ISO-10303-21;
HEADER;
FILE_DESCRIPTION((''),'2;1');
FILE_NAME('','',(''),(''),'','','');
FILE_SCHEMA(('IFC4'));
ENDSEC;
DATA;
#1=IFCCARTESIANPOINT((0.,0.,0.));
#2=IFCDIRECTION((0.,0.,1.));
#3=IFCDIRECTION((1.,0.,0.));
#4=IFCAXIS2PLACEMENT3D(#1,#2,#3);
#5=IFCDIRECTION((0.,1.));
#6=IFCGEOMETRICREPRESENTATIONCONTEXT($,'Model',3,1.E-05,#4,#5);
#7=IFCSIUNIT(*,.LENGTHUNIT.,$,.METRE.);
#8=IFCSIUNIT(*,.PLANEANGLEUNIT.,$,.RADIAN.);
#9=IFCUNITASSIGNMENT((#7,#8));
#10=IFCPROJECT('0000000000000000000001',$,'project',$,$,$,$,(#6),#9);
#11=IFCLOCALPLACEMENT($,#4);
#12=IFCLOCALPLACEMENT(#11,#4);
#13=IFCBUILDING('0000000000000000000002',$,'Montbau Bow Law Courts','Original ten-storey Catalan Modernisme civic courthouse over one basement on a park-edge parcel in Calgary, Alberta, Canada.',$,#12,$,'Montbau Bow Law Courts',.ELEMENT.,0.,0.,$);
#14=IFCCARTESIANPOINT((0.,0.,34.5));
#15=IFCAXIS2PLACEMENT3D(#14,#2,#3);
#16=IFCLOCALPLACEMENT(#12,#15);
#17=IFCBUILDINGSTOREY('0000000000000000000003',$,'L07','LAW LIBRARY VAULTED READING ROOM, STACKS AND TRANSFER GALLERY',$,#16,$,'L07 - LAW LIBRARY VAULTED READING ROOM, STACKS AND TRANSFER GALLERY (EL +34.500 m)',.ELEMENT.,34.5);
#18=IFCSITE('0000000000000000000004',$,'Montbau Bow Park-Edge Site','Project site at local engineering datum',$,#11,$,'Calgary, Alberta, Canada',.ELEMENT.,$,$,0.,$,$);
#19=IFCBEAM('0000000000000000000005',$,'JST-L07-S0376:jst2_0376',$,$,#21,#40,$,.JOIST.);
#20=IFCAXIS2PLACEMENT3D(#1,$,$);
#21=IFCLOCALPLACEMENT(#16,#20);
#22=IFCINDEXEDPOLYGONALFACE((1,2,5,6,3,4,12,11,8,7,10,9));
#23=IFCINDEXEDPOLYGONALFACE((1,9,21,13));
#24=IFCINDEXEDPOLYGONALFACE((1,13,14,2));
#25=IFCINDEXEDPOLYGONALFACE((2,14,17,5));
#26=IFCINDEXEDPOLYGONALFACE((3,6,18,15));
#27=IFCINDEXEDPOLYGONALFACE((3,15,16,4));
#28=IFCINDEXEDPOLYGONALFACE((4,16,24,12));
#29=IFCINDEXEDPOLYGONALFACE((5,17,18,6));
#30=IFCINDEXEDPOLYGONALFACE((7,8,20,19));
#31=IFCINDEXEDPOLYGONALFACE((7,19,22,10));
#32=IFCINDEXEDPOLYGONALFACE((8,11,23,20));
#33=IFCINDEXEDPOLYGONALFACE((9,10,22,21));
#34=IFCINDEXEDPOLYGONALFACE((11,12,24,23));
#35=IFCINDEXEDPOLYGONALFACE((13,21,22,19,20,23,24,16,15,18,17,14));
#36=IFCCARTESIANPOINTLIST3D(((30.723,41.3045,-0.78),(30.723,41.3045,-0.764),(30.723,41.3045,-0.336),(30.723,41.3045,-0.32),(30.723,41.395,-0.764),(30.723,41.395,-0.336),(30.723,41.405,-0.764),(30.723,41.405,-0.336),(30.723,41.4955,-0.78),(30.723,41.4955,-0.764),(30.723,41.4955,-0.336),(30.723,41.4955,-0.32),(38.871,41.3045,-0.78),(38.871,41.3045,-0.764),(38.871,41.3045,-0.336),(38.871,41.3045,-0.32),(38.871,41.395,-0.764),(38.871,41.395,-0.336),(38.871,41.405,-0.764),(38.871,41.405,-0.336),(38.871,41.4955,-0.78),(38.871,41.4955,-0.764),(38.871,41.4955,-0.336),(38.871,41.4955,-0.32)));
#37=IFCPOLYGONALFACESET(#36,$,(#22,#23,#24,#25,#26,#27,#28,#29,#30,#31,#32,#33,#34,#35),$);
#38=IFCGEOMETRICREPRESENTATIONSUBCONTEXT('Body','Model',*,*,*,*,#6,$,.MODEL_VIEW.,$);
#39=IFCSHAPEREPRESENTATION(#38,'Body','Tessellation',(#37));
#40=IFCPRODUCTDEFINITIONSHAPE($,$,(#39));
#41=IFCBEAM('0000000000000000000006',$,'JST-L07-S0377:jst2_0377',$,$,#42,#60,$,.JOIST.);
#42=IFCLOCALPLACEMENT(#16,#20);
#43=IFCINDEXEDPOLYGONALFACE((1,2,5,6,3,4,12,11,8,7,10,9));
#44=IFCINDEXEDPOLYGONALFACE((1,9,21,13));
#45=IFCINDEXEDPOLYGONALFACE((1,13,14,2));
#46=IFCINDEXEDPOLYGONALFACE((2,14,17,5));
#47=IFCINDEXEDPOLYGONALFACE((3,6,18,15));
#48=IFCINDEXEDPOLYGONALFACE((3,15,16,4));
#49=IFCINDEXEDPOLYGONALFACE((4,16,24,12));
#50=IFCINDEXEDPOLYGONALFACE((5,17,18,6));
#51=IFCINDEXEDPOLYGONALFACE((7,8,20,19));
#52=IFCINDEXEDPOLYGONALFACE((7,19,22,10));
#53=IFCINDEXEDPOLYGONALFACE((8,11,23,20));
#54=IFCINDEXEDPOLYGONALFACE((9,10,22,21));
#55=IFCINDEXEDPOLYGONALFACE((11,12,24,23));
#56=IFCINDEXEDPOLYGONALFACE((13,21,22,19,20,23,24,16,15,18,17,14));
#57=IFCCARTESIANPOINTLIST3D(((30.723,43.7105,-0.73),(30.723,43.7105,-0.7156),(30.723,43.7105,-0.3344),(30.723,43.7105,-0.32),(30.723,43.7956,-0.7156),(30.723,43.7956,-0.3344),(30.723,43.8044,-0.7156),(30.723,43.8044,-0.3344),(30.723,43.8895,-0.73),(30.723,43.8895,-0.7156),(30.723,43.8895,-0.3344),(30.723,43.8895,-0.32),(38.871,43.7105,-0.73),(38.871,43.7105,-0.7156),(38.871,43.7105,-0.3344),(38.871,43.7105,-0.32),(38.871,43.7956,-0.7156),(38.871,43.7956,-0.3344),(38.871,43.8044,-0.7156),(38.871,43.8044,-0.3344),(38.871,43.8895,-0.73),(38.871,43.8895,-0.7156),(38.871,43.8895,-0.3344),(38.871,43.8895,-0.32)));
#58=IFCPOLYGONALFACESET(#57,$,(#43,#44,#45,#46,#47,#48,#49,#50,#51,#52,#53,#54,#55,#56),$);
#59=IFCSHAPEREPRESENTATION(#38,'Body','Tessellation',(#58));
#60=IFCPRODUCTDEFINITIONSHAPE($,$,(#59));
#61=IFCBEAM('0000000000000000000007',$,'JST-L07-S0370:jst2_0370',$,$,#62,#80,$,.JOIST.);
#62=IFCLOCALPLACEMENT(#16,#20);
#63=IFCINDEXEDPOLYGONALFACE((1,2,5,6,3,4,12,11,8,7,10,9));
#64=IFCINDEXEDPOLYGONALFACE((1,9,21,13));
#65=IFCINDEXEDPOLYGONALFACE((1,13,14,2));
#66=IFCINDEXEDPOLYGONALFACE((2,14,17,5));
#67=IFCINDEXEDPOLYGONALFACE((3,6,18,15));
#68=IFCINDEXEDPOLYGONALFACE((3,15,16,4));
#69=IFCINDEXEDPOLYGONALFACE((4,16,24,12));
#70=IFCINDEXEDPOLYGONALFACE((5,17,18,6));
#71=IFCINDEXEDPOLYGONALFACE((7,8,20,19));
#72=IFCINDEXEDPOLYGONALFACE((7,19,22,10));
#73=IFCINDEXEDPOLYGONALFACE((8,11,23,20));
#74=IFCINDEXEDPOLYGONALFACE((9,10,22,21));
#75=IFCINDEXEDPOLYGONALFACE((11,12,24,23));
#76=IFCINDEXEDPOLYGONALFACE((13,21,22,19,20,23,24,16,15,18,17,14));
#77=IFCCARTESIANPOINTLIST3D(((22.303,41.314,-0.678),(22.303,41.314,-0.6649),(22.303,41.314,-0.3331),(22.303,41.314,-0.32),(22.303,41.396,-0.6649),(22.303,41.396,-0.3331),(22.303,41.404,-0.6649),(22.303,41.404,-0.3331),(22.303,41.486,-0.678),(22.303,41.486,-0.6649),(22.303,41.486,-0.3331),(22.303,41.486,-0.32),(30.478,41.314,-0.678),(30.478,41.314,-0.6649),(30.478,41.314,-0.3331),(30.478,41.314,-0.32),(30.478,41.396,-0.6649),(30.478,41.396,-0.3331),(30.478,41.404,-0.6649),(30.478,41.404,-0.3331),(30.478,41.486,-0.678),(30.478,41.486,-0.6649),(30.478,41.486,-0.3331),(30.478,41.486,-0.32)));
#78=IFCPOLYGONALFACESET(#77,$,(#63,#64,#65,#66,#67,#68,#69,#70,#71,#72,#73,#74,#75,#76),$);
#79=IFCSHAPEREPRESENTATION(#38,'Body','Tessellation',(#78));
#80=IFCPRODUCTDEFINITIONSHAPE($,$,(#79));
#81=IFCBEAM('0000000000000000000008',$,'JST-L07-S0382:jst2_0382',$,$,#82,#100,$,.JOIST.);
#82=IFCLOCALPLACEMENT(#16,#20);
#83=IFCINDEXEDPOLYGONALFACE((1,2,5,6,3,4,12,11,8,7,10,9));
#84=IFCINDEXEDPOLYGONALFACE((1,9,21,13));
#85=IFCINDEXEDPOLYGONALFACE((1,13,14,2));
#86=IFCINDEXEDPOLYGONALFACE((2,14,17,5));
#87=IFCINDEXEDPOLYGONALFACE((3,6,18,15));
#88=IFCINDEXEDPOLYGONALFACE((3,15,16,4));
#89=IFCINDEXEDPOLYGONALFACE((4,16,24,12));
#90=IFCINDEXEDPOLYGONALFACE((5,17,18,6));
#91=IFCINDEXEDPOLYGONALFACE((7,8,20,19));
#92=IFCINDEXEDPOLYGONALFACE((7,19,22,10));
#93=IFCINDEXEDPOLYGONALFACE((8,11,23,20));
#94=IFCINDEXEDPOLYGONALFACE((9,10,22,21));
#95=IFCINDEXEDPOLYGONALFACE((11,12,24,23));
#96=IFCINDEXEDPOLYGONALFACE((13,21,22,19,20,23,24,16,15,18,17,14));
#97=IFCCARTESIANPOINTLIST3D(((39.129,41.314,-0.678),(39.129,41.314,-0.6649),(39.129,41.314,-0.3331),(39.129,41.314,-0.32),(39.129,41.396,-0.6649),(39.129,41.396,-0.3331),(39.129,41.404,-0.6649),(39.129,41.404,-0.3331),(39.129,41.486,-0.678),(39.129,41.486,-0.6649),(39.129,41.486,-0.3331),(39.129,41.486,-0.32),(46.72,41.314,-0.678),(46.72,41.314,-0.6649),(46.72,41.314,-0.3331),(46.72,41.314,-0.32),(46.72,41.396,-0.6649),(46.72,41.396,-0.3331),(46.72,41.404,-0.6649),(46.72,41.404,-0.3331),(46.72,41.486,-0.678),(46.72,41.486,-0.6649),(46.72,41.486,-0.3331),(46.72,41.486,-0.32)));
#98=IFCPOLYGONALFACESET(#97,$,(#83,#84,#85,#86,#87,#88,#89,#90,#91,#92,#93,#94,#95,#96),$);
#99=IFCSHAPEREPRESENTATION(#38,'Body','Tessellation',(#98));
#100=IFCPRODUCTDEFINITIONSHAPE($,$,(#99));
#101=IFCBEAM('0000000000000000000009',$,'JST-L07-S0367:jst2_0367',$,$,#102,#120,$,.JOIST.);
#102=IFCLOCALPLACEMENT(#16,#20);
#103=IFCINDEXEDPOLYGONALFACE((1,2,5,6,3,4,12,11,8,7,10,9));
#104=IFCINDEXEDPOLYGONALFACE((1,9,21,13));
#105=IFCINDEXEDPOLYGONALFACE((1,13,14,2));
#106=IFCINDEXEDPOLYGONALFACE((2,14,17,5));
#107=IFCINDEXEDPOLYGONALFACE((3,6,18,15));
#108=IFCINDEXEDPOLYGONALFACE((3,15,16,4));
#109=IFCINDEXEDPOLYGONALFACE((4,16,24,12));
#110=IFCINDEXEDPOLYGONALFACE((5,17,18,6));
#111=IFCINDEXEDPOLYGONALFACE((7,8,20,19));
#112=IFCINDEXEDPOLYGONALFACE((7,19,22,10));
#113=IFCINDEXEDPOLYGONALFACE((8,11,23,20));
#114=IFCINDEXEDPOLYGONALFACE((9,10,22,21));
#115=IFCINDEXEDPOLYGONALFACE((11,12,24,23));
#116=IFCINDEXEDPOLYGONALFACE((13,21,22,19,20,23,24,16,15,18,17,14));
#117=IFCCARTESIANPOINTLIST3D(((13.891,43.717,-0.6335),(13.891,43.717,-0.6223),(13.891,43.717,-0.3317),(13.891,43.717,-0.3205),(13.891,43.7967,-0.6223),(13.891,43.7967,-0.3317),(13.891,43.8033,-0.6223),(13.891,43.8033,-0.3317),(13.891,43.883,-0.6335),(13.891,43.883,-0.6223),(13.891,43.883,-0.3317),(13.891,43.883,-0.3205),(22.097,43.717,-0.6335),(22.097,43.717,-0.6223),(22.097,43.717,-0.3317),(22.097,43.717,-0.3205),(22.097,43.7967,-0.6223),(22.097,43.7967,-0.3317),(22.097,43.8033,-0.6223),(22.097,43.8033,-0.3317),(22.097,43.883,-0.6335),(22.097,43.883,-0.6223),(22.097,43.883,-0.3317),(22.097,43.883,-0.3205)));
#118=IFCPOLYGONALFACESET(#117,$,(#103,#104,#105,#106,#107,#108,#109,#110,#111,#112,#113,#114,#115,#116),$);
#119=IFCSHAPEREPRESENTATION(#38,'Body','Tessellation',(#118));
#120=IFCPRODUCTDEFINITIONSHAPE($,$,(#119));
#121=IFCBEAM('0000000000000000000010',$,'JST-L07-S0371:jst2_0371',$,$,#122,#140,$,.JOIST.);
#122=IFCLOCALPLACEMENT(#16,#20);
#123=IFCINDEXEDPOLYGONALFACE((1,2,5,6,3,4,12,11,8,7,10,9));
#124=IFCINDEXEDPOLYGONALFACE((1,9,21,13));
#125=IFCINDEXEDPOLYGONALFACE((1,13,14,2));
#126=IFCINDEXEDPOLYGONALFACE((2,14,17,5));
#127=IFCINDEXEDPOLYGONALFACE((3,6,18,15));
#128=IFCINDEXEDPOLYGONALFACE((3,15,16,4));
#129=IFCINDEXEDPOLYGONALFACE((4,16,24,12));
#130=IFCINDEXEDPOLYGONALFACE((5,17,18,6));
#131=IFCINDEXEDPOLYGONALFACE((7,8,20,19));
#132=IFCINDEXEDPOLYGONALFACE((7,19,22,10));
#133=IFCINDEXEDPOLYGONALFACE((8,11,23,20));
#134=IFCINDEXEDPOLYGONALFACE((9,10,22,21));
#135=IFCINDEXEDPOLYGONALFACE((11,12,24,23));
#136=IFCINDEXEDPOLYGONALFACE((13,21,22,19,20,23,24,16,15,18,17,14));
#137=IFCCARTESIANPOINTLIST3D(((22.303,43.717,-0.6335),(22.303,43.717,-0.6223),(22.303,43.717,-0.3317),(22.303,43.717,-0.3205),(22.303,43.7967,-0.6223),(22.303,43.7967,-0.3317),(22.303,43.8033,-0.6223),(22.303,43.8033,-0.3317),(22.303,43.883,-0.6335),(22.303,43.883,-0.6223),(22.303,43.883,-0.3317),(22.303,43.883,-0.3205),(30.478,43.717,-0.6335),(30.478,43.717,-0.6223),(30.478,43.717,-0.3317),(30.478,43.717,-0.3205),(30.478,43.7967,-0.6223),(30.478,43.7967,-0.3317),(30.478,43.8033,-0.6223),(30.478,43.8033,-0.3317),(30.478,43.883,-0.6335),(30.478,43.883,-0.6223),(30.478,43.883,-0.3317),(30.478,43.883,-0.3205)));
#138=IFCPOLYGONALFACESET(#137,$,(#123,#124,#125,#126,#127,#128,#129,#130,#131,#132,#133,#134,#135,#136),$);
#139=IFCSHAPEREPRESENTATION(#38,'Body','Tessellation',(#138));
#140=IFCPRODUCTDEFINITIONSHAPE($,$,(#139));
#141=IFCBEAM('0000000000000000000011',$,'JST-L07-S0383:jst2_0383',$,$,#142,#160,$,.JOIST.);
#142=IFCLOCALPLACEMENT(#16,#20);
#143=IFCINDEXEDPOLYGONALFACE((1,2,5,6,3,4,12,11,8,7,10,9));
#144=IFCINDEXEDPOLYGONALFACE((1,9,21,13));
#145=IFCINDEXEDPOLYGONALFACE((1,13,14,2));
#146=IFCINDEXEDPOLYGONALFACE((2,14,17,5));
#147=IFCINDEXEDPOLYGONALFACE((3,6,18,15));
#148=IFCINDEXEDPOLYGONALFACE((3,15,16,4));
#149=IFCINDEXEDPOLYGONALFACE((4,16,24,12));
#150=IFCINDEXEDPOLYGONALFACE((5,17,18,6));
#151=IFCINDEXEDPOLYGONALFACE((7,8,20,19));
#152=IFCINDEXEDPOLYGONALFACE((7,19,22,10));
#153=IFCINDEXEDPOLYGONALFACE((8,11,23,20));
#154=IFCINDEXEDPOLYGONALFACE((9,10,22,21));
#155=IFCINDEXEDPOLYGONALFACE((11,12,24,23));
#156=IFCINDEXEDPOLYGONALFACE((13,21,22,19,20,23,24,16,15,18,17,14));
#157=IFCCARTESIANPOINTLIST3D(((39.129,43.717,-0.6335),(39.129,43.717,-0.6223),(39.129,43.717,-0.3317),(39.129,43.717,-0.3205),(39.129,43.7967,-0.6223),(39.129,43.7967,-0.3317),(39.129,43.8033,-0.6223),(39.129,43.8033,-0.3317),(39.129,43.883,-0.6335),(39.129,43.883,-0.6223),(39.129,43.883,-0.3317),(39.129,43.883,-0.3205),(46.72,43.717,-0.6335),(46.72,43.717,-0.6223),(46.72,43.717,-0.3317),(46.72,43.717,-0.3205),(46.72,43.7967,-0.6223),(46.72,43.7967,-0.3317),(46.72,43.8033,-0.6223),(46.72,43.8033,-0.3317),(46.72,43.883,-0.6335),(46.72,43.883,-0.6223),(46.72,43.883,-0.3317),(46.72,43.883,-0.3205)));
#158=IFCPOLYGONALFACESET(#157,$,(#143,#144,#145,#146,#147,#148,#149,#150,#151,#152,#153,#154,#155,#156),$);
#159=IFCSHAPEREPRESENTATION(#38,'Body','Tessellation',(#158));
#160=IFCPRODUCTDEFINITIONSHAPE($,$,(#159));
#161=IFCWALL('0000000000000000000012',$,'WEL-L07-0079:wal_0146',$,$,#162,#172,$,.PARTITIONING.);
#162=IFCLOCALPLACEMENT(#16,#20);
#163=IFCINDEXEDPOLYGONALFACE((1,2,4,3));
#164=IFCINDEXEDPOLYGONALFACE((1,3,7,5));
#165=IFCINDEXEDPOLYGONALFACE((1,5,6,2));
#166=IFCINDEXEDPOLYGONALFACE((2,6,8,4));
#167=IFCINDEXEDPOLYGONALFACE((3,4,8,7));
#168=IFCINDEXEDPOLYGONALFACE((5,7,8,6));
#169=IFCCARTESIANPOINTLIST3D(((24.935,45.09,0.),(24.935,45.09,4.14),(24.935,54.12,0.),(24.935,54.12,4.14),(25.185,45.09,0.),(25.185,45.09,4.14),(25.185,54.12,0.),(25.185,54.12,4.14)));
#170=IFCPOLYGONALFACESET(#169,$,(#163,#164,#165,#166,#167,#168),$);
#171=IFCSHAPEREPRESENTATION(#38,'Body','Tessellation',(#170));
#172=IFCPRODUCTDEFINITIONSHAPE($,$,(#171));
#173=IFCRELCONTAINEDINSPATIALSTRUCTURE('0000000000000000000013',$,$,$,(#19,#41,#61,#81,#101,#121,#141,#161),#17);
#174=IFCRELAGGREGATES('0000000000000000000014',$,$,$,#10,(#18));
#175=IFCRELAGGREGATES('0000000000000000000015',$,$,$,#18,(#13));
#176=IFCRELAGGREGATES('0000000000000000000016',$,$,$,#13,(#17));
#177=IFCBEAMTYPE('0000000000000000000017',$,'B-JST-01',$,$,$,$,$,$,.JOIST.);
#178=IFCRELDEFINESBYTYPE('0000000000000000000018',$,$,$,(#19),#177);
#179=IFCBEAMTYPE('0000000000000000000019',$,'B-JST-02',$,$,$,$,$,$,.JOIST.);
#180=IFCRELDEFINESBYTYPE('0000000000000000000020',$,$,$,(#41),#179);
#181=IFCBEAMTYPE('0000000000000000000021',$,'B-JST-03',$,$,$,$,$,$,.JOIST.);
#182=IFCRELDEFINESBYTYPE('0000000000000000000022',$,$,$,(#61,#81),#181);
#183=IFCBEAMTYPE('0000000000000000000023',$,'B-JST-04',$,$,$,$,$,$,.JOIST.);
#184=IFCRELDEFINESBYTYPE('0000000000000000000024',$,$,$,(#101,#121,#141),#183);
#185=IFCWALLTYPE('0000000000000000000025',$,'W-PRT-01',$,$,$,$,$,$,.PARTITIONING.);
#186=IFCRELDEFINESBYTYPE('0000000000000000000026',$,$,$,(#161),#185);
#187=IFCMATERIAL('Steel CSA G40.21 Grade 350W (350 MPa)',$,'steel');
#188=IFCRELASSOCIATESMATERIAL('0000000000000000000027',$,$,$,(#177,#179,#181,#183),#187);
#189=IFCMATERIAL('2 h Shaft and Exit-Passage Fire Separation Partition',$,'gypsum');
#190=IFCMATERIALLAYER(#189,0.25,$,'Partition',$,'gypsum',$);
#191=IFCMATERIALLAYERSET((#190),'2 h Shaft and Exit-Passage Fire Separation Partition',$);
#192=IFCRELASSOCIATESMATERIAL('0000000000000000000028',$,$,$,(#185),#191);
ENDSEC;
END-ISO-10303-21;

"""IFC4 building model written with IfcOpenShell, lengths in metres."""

from ifc_helpers import new_model, si_unit, direction, frame, frame_2d, origin_with_axes, origin_2d_with_axis, place, context, subcontext, project, spatial, rectangle, i_section, extrude, material, layer, layer_set, material_profile, profile_set, type_object, element, save


model = new_model("IFC4")

# Units and contexts
model_context = context("Model", 3, precision=1e-05, world=origin_with_axes(), true_north=direction((0.0, 1.0)))
body_context = subcontext(model_context, "Body", "Model", "MODEL_VIEW")
ifc_project = project(units=[si_unit("LENGTHUNIT", "METRE"), si_unit("PLANEANGLEUNIT", "RADIAN")], contexts=[model_context])

# Site, building, storey
site_placement = place(None, origin_with_axes())
site = spatial("IfcSite", under=ifc_project, at=site_placement, Name="Montbau Bow Park-Edge Site", Description="Project site at local engineering datum", LongName="Calgary, Alberta, Canada", CompositionType="ELEMENT", RefElevation=0.0)
building_placement = place(site_placement, origin_with_axes())
building = spatial("IfcBuilding", under=site, at=building_placement, Name="Montbau Bow Law Courts", Description="Original ten-storey Catalan Modernisme civic courthouse over one basement on a park-edge parcel in Calgary, Alberta, Canada.", LongName="Montbau Bow Law Courts", CompositionType="ELEMENT", ElevationOfRefHeight=0.0, ElevationOfTerrain=0.0)
storey_placement = place(building_placement, frame((0.0, 0.0, 34.5), z_axis=(0.0, 0.0, 1.0), x_axis=(1.0, 0.0, 0.0)))
storey = spatial("IfcBuildingStorey", under=building, at=storey_placement, Name="L07", Description="LAW LIBRARY VAULTED READING ROOM, STACKS AND TRANSFER GALLERY", LongName="L07 - LAW LIBRARY VAULTED READING ROOM, STACKS AND TRANSFER GALLERY (EL +34.500 m)", CompositionType="ELEMENT", Elevation=34.5)

# Beams
ifc_material_1 = material(Name="Steel CSA G40.21 Grade 350W (350 MPa)", Category="steel")
ifc_material_profile_1 = material_profile(ifc_material_1, i_section(OverallWidth=0.191, OverallDepth=0.46, WebThickness=0.0099, FlangeThickness=0.016, at=origin_2d_with_axis()), Name="W460X82", Category="Main", Priority=0)
ifc_profile_set_1 = profile_set([ifc_material_profile_1], Name="Steel CSA G40.21 Grade 350W (350 MPa)")
beam_type_1 = type_object("IfcBeamType", Name="B-JST-01", PredefinedType="JOIST", material=ifc_profile_set_1)
beam_1_placement = place(None, frame((30.723, 41.4, 33.95), z_axis=(1.0, 0.0, 0.0), x_axis=(0.0, 1.0, 0.0)))
element("IfcBeam", 1, at=beam_1_placement, inside=storey, type_object=beam_type_1, Name="JST-L07-S0376:jst2_0376", PredefinedType="JOIST", context=body_context, shape_type="SweptSolid", body=[
    extrude(i_section(OverallWidth=0.191, OverallDepth=0.46, WebThickness=0.0099, FlangeThickness=0.016, at=origin_2d_with_axis()), origin_with_axes(), (0.0, 0.0, 1.0), 8.148),
])
ifc_material_profile_2 = material_profile(ifc_material_1, i_section(OverallWidth=0.179, OverallDepth=0.41, WebThickness=0.0088, FlangeThickness=0.0144, at=origin_2d_with_axis()), Name="W410X67", Category="Main", Priority=0)
ifc_profile_set_2 = profile_set([ifc_material_profile_2], Name="Steel CSA G40.21 Grade 350W (350 MPa)")
beam_type_2 = type_object("IfcBeamType", Name="B-JST-02", PredefinedType="JOIST", material=ifc_profile_set_2)
beam_2_placement = place(None, frame((30.723, 43.8, 33.975), z_axis=(1.0, 0.0, 0.0), x_axis=(0.0, 1.0, 0.0)))
element("IfcBeam", 2, at=beam_2_placement, inside=storey, type_object=beam_type_2, Name="JST-L07-S0377:jst2_0377", PredefinedType="JOIST", context=body_context, shape_type="SweptSolid", body=[
    extrude(i_section(OverallWidth=0.179, OverallDepth=0.41, WebThickness=0.0088, FlangeThickness=0.0144, at=origin_2d_with_axis()), origin_with_axes(), (0.0, 0.0, 1.0), 8.148),
])
ifc_material_profile_3 = material_profile(ifc_material_1, i_section(OverallWidth=0.172, OverallDepth=0.358, WebThickness=0.0079, FlangeThickness=0.0131, at=origin_2d_with_axis()), Name="W360X57", Category="Main", Priority=0)
ifc_profile_set_3 = profile_set([ifc_material_profile_3], Name="Steel CSA G40.21 Grade 350W (350 MPa)")
beam_type_3 = type_object("IfcBeamType", Name="B-JST-03", PredefinedType="JOIST", material=ifc_profile_set_3)
beam_3_placement = place(None, frame((22.303, 41.4, 34.001), z_axis=(1.0, 0.0, 0.0), x_axis=(0.0, 1.0, 0.0)))
element("IfcBeam", 3, at=beam_3_placement, inside=storey, type_object=beam_type_3, Name="JST-L07-S0370:jst2_0370", PredefinedType="JOIST", context=body_context, shape_type="SweptSolid", body=[
    extrude(i_section(OverallWidth=0.172, OverallDepth=0.358, WebThickness=0.0079, FlangeThickness=0.0131, at=origin_2d_with_axis()), origin_with_axes(), (0.0, 0.0, 1.0), 8.175),
])
beam_4_placement = place(None, frame((39.129, 41.4, 34.001), z_axis=(1.0, 0.0, 0.0), x_axis=(0.0, 1.0, 0.0)))
element("IfcBeam", 4, at=beam_4_placement, inside=storey, type_object=beam_type_3, Name="JST-L07-S0382:jst2_0382", PredefinedType="JOIST", context=body_context, shape_type="SweptSolid", body=[
    extrude(i_section(OverallWidth=0.172, OverallDepth=0.358, WebThickness=0.0079, FlangeThickness=0.0131, at=origin_2d_with_axis()), origin_with_axes(), (0.0, 0.0, 1.0), 7.591),
])
ifc_material_profile_4 = material_profile(ifc_material_1, i_section(OverallWidth=0.166, OverallDepth=0.313, WebThickness=0.0066, FlangeThickness=0.0112, at=origin_2d_with_axis()), Name="W310X45", Category="Main", Priority=0)
ifc_profile_set_4 = profile_set([ifc_material_profile_4], Name="Steel CSA G40.21 Grade 350W (350 MPa)")
beam_type_4 = type_object("IfcBeamType", Name="B-JST-04", PredefinedType="JOIST", material=ifc_profile_set_4)
beam_5_placement = place(None, frame((13.891, 43.8, 34.023), z_axis=(1.0, 0.0, 0.0), x_axis=(0.0, 1.0, 0.0)))
element("IfcBeam", 5, at=beam_5_placement, inside=storey, type_object=beam_type_4, Name="JST-L07-S0367:jst2_0367", PredefinedType="JOIST", context=body_context, shape_type="SweptSolid", body=[
    extrude(i_section(OverallWidth=0.166, OverallDepth=0.313, WebThickness=0.0066, FlangeThickness=0.0112, at=origin_2d_with_axis()), origin_with_axes(), (0.0, 0.0, 1.0), 8.206),
])
beam_6_placement = place(None, frame((22.303, 43.8, 34.023), z_axis=(1.0, 0.0, 0.0), x_axis=(0.0, 1.0, 0.0)))
element("IfcBeam", 6, at=beam_6_placement, inside=storey, type_object=beam_type_4, Name="JST-L07-S0371:jst2_0371", PredefinedType="JOIST", context=body_context, shape_type="SweptSolid", body=[
    extrude(i_section(OverallWidth=0.166, OverallDepth=0.313, WebThickness=0.0066, FlangeThickness=0.0112, at=origin_2d_with_axis()), origin_with_axes(), (0.0, 0.0, 1.0), 8.175),
])
beam_7_placement = place(None, frame((39.129, 43.8, 34.023), z_axis=(1.0, 0.0, 0.0), x_axis=(0.0, 1.0, 0.0)))
element("IfcBeam", 7, at=beam_7_placement, inside=storey, type_object=beam_type_4, Name="JST-L07-S0383:jst2_0383", PredefinedType="JOIST", context=body_context, shape_type="SweptSolid", body=[
    extrude(i_section(OverallWidth=0.166, OverallDepth=0.313, WebThickness=0.0066, FlangeThickness=0.0112, at=origin_2d_with_axis()), origin_with_axes(), (0.0, 0.0, 1.0), 7.591),
])

# Wall
ifc_material_2 = material(Name="2 h Shaft and Exit-Passage Fire Separation Partition", Category="gypsum")
ifc_layer_1 = layer(ifc_material_2, 0.25, Name="Partition", Category="gypsum")
ifc_layer_set_1 = layer_set([ifc_layer_1], Name="2 h Shaft and Exit-Passage Fire Separation Partition")
wall_type_1 = type_object("IfcWallType", Name="W-PRT-01", PredefinedType="PARTITIONING", material=ifc_layer_set_1)
wall_1_placement = place(None, frame((25.06, 45.09, 34.5), z_axis=(0.0, 0.0, 1.0), x_axis=(0.0, 1.0, 0.0)))
element("IfcWall", 8, at=wall_1_placement, inside=storey, type_object=wall_type_1, Name="WEL-L07-0079:wal_0146", PredefinedType="PARTITIONING", context=body_context, shape_type="SweptSolid", body=[
    extrude(rectangle(XDim=9.03, YDim=0.25, at=frame_2d((4.515, 0.0), x_axis=(1.0, 0.0))), origin_with_axes(), (0.0, 0.0, 1.0), 4.14),
])

save(model, "model.ifc")
